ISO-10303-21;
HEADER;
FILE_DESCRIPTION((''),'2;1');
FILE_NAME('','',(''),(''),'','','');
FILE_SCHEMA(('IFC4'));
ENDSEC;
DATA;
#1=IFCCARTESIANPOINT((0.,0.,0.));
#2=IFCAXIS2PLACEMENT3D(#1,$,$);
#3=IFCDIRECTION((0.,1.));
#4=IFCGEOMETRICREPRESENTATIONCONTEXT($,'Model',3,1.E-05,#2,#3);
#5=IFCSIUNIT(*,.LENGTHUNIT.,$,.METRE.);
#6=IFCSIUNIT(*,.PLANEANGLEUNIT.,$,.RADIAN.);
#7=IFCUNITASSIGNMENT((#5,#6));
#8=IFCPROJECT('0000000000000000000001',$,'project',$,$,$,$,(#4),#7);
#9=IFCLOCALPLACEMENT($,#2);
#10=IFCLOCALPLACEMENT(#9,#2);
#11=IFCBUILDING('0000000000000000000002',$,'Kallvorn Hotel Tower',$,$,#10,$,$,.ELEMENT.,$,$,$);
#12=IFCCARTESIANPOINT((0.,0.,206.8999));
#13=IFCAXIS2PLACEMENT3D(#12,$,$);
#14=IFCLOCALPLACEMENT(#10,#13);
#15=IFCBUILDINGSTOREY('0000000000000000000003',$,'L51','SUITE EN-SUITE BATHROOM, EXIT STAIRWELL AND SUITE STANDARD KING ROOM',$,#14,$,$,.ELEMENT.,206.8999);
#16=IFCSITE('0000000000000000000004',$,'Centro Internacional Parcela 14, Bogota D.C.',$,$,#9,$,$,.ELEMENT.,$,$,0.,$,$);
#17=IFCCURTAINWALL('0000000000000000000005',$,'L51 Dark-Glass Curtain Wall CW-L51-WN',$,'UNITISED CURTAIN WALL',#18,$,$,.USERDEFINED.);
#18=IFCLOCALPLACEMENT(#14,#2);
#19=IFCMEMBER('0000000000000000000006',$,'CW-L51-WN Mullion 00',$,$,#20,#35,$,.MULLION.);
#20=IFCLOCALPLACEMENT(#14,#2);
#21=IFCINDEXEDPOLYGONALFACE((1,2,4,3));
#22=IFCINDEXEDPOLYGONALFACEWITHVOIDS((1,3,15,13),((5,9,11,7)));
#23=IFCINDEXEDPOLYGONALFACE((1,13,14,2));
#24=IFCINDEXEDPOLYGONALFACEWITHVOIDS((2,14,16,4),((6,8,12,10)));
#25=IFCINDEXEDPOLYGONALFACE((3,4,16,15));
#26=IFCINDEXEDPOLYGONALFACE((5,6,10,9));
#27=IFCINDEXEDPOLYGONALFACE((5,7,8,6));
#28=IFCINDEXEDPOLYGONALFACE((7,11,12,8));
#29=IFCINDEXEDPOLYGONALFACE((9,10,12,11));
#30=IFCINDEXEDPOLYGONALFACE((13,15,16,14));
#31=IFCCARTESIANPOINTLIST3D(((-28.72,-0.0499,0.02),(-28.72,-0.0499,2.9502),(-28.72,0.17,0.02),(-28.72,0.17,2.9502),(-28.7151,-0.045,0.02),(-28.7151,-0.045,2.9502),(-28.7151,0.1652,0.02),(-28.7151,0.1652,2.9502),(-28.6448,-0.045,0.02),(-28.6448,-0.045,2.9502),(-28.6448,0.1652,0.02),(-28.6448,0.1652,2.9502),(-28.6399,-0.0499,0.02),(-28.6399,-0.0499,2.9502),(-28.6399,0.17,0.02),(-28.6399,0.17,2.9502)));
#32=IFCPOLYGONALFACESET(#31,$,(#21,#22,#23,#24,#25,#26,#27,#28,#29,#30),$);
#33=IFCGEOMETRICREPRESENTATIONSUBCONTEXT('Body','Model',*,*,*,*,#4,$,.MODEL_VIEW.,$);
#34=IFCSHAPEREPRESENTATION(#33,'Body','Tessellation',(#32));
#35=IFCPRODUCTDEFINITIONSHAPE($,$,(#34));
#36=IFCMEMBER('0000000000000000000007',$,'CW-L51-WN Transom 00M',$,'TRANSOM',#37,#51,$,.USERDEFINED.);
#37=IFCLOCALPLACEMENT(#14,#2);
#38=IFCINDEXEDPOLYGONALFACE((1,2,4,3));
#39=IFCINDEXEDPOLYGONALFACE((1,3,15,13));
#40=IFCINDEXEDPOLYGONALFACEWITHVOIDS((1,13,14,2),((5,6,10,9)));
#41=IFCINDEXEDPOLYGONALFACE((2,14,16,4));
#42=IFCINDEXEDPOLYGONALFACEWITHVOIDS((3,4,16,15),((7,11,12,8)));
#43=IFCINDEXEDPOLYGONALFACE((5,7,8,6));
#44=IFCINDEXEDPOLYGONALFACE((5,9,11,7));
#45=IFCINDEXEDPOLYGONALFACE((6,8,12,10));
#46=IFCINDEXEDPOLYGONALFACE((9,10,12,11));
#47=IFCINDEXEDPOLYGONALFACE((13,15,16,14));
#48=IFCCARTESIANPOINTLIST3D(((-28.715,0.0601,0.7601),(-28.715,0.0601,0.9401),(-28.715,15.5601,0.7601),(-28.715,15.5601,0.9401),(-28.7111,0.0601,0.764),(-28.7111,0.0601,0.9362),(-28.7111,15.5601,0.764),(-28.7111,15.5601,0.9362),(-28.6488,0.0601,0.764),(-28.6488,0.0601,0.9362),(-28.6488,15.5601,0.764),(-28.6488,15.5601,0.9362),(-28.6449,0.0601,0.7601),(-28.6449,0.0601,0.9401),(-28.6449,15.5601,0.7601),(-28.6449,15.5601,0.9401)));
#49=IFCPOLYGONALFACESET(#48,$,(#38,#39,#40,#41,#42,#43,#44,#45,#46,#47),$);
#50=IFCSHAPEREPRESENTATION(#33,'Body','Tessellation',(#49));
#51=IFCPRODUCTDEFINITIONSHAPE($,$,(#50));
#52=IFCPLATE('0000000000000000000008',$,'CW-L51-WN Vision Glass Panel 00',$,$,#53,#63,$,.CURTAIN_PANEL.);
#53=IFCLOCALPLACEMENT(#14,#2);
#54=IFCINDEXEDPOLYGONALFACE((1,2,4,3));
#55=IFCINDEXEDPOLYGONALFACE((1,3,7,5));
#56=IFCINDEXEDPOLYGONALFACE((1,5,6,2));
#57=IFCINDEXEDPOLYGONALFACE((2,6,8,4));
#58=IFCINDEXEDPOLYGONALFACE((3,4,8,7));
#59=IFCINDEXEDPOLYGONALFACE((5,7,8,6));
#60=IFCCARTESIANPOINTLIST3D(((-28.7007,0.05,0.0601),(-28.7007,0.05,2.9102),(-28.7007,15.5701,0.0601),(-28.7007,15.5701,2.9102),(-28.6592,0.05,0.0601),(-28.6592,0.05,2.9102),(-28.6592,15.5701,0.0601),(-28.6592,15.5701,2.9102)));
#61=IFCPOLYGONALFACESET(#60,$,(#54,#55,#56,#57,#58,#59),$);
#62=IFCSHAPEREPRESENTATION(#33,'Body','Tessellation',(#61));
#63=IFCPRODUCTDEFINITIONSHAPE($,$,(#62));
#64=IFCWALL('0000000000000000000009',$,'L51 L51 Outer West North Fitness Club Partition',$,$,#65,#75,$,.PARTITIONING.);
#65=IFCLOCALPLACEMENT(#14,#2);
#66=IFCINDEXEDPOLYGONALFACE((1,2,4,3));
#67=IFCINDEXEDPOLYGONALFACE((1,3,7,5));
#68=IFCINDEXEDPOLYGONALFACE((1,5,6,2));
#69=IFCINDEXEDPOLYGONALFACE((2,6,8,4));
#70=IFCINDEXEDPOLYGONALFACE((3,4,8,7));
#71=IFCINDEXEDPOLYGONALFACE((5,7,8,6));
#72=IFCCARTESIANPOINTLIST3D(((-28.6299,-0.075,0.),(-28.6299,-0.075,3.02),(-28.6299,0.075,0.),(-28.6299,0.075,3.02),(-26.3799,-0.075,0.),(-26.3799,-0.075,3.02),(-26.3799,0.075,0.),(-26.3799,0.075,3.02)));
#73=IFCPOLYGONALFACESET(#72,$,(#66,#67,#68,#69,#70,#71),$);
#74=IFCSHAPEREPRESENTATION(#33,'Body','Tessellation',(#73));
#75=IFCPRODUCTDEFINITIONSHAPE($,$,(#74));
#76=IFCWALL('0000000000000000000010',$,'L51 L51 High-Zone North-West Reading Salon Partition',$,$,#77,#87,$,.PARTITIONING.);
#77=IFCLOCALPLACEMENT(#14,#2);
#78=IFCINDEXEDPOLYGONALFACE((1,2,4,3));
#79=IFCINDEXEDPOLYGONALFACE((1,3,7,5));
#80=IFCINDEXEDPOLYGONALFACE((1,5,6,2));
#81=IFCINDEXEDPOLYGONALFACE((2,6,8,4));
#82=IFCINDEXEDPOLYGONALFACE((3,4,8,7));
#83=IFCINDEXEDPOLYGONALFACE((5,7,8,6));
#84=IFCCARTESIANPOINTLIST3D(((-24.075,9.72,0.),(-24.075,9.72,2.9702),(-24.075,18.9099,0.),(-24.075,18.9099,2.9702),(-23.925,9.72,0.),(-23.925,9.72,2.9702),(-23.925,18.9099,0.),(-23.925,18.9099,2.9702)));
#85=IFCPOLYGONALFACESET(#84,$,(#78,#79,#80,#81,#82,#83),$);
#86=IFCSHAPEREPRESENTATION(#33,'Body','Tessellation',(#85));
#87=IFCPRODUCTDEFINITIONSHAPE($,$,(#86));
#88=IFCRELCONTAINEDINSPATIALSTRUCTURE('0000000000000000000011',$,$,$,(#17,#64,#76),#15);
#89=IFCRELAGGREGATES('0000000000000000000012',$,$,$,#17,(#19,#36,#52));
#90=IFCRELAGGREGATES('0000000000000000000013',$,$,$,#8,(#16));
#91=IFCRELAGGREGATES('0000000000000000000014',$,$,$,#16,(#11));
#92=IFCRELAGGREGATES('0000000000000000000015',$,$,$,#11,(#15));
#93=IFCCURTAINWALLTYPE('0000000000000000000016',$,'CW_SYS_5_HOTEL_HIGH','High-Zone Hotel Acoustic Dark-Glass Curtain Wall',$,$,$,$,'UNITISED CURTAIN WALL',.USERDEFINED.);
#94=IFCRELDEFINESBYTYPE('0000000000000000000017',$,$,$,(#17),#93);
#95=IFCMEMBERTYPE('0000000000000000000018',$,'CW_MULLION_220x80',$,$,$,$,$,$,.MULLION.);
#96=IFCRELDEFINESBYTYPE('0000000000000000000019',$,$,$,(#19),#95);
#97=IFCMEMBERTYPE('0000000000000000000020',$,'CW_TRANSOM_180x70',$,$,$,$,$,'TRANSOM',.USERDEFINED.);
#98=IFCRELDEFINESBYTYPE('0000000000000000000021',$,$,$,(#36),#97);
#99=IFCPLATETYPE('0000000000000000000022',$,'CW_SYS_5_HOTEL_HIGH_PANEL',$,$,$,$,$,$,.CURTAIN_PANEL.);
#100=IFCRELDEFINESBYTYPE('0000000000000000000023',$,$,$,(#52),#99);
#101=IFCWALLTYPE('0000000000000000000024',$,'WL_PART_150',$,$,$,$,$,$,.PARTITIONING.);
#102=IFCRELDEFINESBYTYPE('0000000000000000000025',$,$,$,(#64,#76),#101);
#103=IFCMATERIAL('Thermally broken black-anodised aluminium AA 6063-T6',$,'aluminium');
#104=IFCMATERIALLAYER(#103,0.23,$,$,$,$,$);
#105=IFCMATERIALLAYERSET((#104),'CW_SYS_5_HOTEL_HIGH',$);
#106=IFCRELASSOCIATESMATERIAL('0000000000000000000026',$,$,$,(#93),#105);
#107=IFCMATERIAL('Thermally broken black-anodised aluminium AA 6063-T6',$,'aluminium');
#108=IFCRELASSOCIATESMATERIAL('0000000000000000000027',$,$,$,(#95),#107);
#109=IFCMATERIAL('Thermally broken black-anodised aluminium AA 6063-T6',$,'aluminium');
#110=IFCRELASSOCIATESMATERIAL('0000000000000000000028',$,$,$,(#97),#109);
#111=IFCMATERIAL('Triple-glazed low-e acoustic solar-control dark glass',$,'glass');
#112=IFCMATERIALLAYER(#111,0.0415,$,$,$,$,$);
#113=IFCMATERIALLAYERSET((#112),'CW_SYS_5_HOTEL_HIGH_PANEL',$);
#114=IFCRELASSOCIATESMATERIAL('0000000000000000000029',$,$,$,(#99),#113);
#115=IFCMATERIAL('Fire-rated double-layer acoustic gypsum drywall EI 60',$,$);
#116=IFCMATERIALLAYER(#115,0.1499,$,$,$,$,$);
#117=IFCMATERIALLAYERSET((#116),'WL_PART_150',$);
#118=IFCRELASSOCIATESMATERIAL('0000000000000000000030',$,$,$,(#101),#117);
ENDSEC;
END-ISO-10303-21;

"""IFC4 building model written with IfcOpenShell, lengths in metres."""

from ifc_helpers import new_model, si_unit, direction, frame, frame_2d, origin, origin_2d, place, context, subcontext, project, spatial, rectangle, hollow_rectangle, extrude, material, layer, layer_set, material_profile, profile_set, type_object, element, aggregate, save


model = new_model("IFC4")

# Units and contexts
model_context = context("Model", 3, precision=1e-05, world=origin(), true_north=direction((0.0, 1.0)))
body_context = subcontext(model_context, "Body", "Model", "MODEL_VIEW")
ifc_project = project(units=[si_unit("LENGTHUNIT", "METRE"), si_unit("PLANEANGLEUNIT", "RADIAN")], contexts=[model_context])

# Site, building, storey
site_placement = place(None, origin())
site = spatial("IfcSite", under=ifc_project, at=site_placement, Name="Centro Internacional Parcela 14, Bogota D.C.", CompositionType="ELEMENT", RefElevation=0.0)
building_placement = place(site_placement, origin())
building = spatial("IfcBuilding", under=site, at=building_placement, Name="Kallvorn Hotel Tower", CompositionType="ELEMENT")
storey_placement = place(building_placement, frame((0.0, 0.0, 206.8999)))
storey = spatial("IfcBuildingStorey", under=building, at=storey_placement, Name="L51", Description="SUITE EN-SUITE BATHROOM, EXIT STAIRWELL AND SUITE STANDARD KING ROOM", CompositionType="ELEMENT", Elevation=206.8999)

# Curtain wall, members, plate
ifc_material_1 = material(Name="Thermally broken black-anodised aluminium AA 6063-T6", Category="aluminium")
ifc_layer_1 = layer(ifc_material_1, 0.23)
ifc_layer_set_1 = layer_set([ifc_layer_1], Name="CW_SYS_5_HOTEL_HIGH")
curtain_wall_type = type_object("IfcCurtainWallType", Name="CW_SYS_5_HOTEL_HIGH", Description="High-Zone Hotel Acoustic Dark-Glass Curtain Wall", ElementType="UNITISED CURTAIN WALL", PredefinedType="USERDEFINED", material=ifc_layer_set_1)
curtain_wall_placement = place(storey_placement, origin())
curtain_wall = element("IfcCurtainWall", 1, at=curtain_wall_placement, inside=storey, type_object=curtain_wall_type, Name="L51 Dark-Glass Curtain Wall CW-L51-WN", ObjectType="UNITISED CURTAIN WALL", PredefinedType="USERDEFINED")
ifc_material_2 = material(Name="Thermally broken black-anodised aluminium AA 6063-T6", Category="aluminium")
ifc_material_profile_1 = material_profile(ifc_material_2, hollow_rectangle(XDim=0.0801, YDim=0.22, WallThickness=0.0049, at=origin_2d()), Name="MUL 220x80")
ifc_profile_set_1 = profile_set([ifc_material_profile_1], Name="Thermally broken black-anodised aluminium AA 6063-T6")
member_type_1 = type_object("IfcMemberType", Name="CW_MULLION_220x80", PredefinedType="MULLION", material=ifc_profile_set_1)
member_1_placement = place(storey_placement, frame((-28.6799, 0.0601, 0.02), z_axis=(0.0, 0.0, 1.0), x_axis=(1.0, 0.0, 0.0)))
member_1 = element("IfcMember", 2, at=member_1_placement, type_object=member_type_1, Name="CW-L51-WN Mullion 00", PredefinedType="MULLION", context=body_context, shape_type="SweptSolid", body=[
    extrude(hollow_rectangle(XDim=0.0801, YDim=0.22, WallThickness=0.0049, at=origin_2d()), origin(), (0.0, 0.0, 1.0), 2.9302),
])
ifc_material_3 = material(Name="Thermally broken black-anodised aluminium AA 6063-T6", Category="aluminium")
ifc_material_profile_2 = material_profile(ifc_material_3, hollow_rectangle(XDim=0.0701, YDim=0.1799, WallThickness=0.0039, at=origin_2d()), Name="TRN 180x70")
ifc_profile_set_2 = profile_set([ifc_material_profile_2], Name="Thermally broken black-anodised aluminium AA 6063-T6")
member_type_2 = type_object("IfcMemberType", Name="CW_TRANSOM_180x70", ElementType="TRANSOM", PredefinedType="USERDEFINED", material=ifc_profile_set_2)
member_2_placement = place(storey_placement, frame((-28.6799, 0.0601, 0.8501), z_axis=(0.0, 1.0, 0.0), x_axis=(-1.0, 0.0, 0.0)))
member_2 = element("IfcMember", 3, at=member_2_placement, type_object=member_type_2, Name="CW-L51-WN Transom 00M", ObjectType="TRANSOM", PredefinedType="USERDEFINED", context=body_context, shape_type="SweptSolid", body=[
    extrude(hollow_rectangle(XDim=0.0701, YDim=0.1799, WallThickness=0.0039, at=origin_2d()), origin(), (0.0, 0.0, 1.0), 15.5),
])
ifc_material_4 = material(Name="Triple-glazed low-e acoustic solar-control dark glass", Category="glass")
ifc_layer_2 = layer(ifc_material_4, 0.0415)
ifc_layer_set_2 = layer_set([ifc_layer_2], Name="CW_SYS_5_HOTEL_HIGH_PANEL")
plate_type = type_object("IfcPlateType", Name="CW_SYS_5_HOTEL_HIGH_PANEL", PredefinedType="CURTAIN_PANEL", material=ifc_layer_set_2)
plate_placement = place(storey_placement, frame((-28.6799, 7.8101, 0.0601), z_axis=(0.0, 0.0, 1.0), x_axis=(0.0, 1.0, 0.0)))
plate = element("IfcPlate", 4, at=plate_placement, type_object=plate_type, Name="CW-L51-WN Vision Glass Panel 00", PredefinedType="CURTAIN_PANEL", context=body_context, shape_type="SweptSolid", body=[
    extrude(rectangle(XDim=15.52, YDim=0.0415, at=origin_2d()), origin(), (0.0, 0.0, 1.0), 2.8501),
])
aggregate(curtain_wall, [member_1, member_2, plate])

# Walls
ifc_material_5 = material(Name="Fire-rated double-layer acoustic gypsum drywall EI 60")
ifc_layer_3 = layer(ifc_material_5, 0.1499)
ifc_layer_set_3 = layer_set([ifc_layer_3], Name="WL_PART_150")
wall_type = type_object("IfcWallType", Name="WL_PART_150", PredefinedType="PARTITIONING", material=ifc_layer_set_3)
wall_1_placement = place(storey_placement, frame((-28.6299, 0.0, 0.0), z_axis=(0.0, 0.0, 1.0), x_axis=(1.0, 0.0, 0.0)))
element("IfcWall", 5, at=wall_1_placement, inside=storey, type_object=wall_type, Name="L51 L51 Outer West North Fitness Club Partition", PredefinedType="PARTITIONING", context=body_context, shape_type="SweptSolid", body=[
    extrude(rectangle(XDim=2.25, YDim=0.1499, at=frame_2d((1.125, 0.0))), origin(), (0.0, 0.0, 1.0), 3.02),
])
wall_2_placement = place(storey_placement, frame((-24.0, 9.72, 0.0), z_axis=(0.0, 0.0, 1.0), x_axis=(0.0, 1.0, 0.0)))
element("IfcWall", 6, at=wall_2_placement, inside=storey, type_object=wall_type, Name="L51 L51 High-Zone North-West Reading Salon Partition", PredefinedType="PARTITIONING", context=body_context, shape_type="SweptSolid", body=[
    extrude(rectangle(XDim=9.1899, YDim=0.1499, at=frame_2d((4.595, 0.0))), origin(), (0.0, 0.0, 1.0), 2.9702),
])

save(model, "model.ifc")
